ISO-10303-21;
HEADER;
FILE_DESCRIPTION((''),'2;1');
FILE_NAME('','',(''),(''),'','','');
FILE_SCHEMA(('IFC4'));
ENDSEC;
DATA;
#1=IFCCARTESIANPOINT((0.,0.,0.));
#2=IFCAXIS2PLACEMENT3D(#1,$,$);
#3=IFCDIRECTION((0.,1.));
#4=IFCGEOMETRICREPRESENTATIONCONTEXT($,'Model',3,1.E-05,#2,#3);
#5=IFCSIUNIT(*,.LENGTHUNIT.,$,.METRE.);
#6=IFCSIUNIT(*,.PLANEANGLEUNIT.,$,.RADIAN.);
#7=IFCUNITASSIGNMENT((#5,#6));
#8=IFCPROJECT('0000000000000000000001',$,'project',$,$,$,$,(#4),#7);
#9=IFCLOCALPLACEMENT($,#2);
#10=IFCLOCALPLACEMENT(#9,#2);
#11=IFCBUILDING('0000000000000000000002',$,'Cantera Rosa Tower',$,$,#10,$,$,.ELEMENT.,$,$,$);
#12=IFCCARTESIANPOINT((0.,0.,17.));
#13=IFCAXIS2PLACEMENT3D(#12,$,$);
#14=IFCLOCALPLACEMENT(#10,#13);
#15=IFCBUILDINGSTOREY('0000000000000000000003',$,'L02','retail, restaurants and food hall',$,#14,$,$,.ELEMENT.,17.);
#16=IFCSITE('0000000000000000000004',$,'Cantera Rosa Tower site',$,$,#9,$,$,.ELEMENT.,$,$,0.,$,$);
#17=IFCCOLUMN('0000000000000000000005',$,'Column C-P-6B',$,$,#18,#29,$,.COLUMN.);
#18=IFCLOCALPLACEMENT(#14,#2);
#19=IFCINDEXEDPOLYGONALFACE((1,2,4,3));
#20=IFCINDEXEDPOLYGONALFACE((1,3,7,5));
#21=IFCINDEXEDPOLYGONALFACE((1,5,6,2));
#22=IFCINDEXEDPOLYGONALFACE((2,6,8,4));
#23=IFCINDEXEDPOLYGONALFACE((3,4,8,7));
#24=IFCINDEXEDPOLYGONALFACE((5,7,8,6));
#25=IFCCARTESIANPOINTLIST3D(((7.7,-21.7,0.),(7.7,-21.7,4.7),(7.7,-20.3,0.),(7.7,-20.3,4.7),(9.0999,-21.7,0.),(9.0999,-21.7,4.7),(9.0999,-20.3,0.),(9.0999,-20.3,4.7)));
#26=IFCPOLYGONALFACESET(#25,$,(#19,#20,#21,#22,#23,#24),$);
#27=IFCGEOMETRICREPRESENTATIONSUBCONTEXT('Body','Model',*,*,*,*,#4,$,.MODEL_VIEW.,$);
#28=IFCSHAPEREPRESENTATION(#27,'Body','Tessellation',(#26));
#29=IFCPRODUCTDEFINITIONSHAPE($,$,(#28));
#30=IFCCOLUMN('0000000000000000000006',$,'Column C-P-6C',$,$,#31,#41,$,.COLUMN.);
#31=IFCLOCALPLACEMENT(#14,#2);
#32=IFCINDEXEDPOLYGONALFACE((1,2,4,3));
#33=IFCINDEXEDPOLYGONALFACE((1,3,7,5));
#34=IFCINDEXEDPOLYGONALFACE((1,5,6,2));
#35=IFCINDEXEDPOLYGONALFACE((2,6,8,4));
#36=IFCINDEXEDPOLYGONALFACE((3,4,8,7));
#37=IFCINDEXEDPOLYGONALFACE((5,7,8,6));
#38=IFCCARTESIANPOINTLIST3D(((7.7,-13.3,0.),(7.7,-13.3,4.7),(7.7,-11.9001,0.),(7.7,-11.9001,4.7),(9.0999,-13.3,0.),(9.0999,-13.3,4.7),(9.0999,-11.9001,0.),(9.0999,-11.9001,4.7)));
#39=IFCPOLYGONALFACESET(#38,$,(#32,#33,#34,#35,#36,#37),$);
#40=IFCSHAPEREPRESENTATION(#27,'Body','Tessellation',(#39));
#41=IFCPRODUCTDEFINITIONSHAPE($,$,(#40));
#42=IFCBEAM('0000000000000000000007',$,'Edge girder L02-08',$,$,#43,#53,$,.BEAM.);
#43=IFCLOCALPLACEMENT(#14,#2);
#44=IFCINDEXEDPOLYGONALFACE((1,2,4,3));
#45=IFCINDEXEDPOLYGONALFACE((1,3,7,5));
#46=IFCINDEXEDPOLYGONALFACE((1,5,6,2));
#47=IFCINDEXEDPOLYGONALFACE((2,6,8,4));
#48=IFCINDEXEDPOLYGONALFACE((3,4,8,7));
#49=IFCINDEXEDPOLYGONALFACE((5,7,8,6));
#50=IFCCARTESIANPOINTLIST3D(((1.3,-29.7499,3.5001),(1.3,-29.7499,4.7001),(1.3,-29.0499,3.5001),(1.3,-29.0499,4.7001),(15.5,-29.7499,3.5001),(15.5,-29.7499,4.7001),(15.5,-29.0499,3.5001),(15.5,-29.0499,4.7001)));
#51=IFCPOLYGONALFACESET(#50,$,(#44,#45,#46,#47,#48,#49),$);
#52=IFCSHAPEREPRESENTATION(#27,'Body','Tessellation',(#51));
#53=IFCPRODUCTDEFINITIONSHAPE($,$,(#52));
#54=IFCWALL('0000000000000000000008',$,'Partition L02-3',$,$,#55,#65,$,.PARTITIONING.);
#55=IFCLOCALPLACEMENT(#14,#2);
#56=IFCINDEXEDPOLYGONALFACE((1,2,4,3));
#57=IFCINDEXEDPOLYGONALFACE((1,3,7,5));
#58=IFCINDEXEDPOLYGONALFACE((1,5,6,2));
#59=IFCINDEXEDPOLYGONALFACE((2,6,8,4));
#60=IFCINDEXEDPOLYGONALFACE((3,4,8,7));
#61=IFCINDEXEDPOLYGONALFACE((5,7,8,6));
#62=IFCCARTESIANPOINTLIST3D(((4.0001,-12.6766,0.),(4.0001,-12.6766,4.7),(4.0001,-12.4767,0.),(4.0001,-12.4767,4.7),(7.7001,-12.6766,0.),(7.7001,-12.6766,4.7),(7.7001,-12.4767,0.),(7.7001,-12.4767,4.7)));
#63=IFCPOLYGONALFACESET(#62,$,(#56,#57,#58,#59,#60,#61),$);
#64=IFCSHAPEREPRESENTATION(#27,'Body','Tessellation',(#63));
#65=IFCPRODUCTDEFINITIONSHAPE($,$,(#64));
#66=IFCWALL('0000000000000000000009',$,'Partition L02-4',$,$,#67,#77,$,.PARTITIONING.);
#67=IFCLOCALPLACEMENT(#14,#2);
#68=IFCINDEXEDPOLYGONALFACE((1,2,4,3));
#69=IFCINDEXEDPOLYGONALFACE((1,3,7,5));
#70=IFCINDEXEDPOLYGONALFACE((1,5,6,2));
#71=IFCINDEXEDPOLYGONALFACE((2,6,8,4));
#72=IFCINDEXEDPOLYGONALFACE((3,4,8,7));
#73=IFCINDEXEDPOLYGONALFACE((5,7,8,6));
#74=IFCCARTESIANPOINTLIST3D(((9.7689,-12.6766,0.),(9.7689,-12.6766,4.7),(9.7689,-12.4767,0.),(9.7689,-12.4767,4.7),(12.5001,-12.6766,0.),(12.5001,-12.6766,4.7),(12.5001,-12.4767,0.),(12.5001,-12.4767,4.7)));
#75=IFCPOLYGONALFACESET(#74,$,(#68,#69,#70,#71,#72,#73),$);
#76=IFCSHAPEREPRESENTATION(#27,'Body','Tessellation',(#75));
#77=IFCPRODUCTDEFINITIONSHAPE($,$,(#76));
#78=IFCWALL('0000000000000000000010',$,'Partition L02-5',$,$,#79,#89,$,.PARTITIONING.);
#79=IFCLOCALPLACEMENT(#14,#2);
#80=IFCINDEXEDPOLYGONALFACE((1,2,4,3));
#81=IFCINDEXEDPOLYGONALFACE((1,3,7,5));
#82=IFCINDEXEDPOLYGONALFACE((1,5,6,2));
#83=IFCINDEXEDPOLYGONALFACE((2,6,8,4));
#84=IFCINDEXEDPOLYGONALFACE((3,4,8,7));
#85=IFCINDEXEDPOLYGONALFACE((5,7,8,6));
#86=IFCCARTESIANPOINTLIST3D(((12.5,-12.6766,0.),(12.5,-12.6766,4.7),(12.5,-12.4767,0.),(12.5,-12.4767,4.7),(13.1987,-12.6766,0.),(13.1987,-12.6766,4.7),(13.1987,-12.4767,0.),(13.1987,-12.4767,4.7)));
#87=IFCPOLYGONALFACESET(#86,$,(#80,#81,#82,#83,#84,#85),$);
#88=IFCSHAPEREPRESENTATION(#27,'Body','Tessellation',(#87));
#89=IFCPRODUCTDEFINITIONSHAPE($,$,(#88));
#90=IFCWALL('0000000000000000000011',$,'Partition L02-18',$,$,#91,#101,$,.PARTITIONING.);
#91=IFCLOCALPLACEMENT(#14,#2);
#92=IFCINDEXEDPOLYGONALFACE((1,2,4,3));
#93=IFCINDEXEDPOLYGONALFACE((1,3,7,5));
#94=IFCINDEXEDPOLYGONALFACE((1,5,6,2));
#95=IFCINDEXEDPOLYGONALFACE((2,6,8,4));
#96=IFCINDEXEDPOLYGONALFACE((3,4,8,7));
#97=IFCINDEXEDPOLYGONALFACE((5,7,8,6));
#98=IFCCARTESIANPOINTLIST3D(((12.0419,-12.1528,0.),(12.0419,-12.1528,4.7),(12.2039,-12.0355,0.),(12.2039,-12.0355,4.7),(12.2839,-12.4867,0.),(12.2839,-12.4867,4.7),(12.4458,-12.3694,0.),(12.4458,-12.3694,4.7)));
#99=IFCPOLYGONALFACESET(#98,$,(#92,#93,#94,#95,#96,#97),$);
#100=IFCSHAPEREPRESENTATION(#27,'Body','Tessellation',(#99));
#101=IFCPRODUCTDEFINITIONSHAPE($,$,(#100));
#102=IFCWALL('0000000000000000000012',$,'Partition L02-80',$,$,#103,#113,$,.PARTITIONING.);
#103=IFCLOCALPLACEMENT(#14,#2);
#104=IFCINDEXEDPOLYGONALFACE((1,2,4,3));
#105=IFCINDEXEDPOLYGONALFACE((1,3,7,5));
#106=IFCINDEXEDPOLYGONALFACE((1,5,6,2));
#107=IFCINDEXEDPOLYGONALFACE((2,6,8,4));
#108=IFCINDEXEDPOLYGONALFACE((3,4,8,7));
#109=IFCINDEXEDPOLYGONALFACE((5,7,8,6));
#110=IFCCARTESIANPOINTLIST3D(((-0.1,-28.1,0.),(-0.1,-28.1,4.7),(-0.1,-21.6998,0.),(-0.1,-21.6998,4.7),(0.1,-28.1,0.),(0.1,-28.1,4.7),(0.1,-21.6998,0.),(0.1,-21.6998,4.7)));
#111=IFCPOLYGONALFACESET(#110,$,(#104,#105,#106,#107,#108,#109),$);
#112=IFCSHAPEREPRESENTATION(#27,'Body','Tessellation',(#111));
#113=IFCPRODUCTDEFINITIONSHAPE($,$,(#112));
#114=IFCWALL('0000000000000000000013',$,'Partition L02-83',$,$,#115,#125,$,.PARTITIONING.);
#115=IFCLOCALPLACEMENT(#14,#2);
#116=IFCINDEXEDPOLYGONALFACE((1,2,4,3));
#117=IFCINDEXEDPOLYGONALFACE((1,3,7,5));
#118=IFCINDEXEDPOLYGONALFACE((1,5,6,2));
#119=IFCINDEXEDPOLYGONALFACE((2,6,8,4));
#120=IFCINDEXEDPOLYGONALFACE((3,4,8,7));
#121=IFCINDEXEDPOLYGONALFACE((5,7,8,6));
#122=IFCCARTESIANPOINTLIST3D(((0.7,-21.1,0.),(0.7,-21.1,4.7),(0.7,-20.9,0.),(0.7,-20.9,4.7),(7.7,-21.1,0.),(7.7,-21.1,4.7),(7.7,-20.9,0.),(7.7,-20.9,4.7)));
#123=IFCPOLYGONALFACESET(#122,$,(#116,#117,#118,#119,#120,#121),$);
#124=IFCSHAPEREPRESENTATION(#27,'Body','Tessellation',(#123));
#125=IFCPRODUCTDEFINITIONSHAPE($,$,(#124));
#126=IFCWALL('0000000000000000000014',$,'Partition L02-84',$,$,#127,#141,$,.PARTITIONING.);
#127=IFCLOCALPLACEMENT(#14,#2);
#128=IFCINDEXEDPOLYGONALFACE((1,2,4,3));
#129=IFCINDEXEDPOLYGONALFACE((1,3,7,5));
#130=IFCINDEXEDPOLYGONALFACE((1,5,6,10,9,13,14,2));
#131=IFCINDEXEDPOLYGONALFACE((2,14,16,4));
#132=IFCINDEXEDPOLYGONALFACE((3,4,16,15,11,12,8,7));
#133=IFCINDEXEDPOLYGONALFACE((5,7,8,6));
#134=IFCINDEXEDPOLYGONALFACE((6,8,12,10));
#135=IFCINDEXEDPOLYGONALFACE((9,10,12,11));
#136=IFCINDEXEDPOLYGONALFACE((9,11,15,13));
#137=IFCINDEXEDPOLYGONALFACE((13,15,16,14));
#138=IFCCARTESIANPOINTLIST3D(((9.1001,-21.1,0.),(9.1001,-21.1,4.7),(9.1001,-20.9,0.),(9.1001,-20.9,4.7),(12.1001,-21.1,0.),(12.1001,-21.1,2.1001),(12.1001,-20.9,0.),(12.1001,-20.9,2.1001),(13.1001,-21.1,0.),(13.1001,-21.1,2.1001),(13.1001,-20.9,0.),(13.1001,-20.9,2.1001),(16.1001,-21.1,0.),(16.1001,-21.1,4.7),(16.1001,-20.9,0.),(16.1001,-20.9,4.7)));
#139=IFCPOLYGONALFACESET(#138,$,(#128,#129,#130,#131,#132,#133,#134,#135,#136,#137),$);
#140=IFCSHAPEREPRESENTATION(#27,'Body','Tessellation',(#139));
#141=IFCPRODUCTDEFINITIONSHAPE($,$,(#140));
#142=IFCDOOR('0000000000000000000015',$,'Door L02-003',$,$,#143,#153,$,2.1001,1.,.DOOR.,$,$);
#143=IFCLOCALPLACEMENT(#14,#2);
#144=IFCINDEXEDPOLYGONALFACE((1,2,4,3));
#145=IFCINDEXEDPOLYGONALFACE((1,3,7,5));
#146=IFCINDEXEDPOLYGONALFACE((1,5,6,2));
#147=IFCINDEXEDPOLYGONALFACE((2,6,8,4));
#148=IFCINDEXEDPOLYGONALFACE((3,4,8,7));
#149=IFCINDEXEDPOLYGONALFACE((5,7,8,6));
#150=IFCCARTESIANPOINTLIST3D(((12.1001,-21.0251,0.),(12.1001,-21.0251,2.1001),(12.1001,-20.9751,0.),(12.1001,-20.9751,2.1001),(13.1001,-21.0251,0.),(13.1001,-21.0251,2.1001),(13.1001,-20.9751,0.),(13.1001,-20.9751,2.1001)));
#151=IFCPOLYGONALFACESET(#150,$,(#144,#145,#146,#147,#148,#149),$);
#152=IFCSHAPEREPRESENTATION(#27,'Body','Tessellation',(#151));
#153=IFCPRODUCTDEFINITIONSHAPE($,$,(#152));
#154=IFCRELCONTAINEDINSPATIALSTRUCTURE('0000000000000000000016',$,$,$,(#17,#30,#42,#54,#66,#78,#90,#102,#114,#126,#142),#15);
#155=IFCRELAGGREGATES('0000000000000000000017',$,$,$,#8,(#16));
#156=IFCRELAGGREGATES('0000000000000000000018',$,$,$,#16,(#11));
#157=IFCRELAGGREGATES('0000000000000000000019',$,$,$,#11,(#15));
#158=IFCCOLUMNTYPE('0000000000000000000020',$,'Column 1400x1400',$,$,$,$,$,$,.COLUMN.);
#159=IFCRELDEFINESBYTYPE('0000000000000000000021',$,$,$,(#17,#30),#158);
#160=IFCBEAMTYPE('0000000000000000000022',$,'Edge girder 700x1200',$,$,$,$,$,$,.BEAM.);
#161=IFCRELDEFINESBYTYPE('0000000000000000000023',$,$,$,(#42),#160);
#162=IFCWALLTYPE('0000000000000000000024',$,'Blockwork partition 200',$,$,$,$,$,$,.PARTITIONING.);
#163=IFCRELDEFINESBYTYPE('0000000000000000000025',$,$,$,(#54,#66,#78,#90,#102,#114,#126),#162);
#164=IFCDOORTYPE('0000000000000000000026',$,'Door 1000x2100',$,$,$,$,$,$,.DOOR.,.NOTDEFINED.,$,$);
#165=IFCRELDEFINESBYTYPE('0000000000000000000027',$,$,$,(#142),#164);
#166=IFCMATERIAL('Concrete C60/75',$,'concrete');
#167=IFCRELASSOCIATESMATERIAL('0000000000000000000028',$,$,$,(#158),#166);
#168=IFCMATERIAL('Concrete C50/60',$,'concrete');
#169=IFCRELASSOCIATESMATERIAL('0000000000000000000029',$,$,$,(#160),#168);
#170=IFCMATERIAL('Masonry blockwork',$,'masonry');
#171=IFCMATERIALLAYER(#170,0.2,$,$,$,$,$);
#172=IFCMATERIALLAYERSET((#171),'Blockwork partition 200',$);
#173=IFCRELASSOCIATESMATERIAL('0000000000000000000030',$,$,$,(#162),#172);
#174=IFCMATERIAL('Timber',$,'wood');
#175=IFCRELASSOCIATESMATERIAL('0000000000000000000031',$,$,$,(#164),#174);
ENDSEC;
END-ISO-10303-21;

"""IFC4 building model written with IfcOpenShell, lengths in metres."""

from ifc_helpers import new_model, si_unit, direction, frame, frame_2d, origin, origin_2d, place, context, subcontext, project, spatial, rectangle, extrude, material, layer, layer_set, material_profile, profile_set, type_object, element, fill, save


model = new_model("IFC4")

# Units and contexts
model_context = context("Model", 3, precision=1e-05, world=origin(), true_north=direction((0.0, 1.0)))
body_context = subcontext(model_context, "Body", "Model", "MODEL_VIEW")
ifc_project = project(units=[si_unit("LENGTHUNIT", "METRE"), si_unit("PLANEANGLEUNIT", "RADIAN")], contexts=[model_context])

# Site, building, storey
site_placement = place(None, origin())
site = spatial("IfcSite", under=ifc_project, at=site_placement, Name="Cantera Rosa Tower site", CompositionType="ELEMENT", RefElevation=0.0)
building_placement = place(site_placement, origin())
building = spatial("IfcBuilding", under=site, at=building_placement, Name="Cantera Rosa Tower", CompositionType="ELEMENT")
storey_placement = place(building_placement, frame((0.0, 0.0, 17.0)))
storey = spatial("IfcBuildingStorey", under=building, at=storey_placement, Name="L02", Description="retail, restaurants and food hall", CompositionType="ELEMENT", Elevation=17.0)

# Columns
ifc_material_1 = material(Name="Concrete C60/75", Category="concrete")
ifc_material_profile_1 = material_profile(ifc_material_1, rectangle(XDim=1.3999, YDim=1.3999, at=origin_2d()), Name="Column 1400x1400")
ifc_profile_set_1 = profile_set([ifc_material_profile_1], Name="Concrete C60/75")
column_type = type_object("IfcColumnType", Name="Column 1400x1400", PredefinedType="COLUMN", material=ifc_profile_set_1)
for number, where, z_axis, x_axis, name in (
    (1, (8.3999, -21.0, 0.0), (0.0, 0.0, 1.0), (1.0, 0.0, 0.0), "Column C-P-6B"),
    (2, (8.3999, -12.6001, 0.0), (0.0, 0.0, 1.0), (1.0, 0.0, 0.0), "Column C-P-6C"),
):
    element("IfcColumn", number, at=place(storey_placement, frame(where, z_axis=z_axis, x_axis=x_axis)), inside=storey, type_object=column_type, Name=name, PredefinedType="COLUMN", context=body_context, shape_type="SweptSolid", body=[
        extrude(rectangle(XDim=1.3999, YDim=1.3999, at=origin_2d()), origin(), (0.0, 0.0, 1.0), 4.7),
    ])

# Beam
ifc_material_2 = material(Name="Concrete C50/60", Category="concrete")
ifc_material_profile_2 = material_profile(ifc_material_2, rectangle(XDim=0.7, YDim=1.2, at=origin_2d()), Name="Edge girder 700x1200")
ifc_profile_set_2 = profile_set([ifc_material_profile_2], Name="Concrete C50/60")
beam_type = type_object("IfcBeamType", Name="Edge girder 700x1200", PredefinedType="BEAM", material=ifc_profile_set_2)
beam_placement = place(storey_placement, frame((1.3, -29.3999, 4.1001), z_axis=(1.0, 0.0, 0.0), x_axis=(0.0, 1.0, 0.0)))
element("IfcBeam", 3, at=beam_placement, inside=storey, type_object=beam_type, Name="Edge girder L02-08", PredefinedType="BEAM", context=body_context, shape_type="SweptSolid", body=[
    extrude(rectangle(XDim=0.7, YDim=1.2, at=origin_2d()), origin(), (0.0, 0.0, 1.0), 14.2),
])

# Walls
ifc_material_3 = material(Name="Masonry blockwork", Category="masonry")
ifc_layer_1 = layer(ifc_material_3, 0.2)
ifc_layer_set_1 = layer_set([ifc_layer_1], Name="Blockwork partition 200")
wall_type_1 = type_object("IfcWallType", Name="Blockwork partition 200", PredefinedType="PARTITIONING", material=ifc_layer_set_1)
wall_1_placement = place(storey_placement, frame((4.0, -12.5767, 0.0), z_axis=(0.0, 0.0, 1.0), x_axis=(1.0, 0.0, 0.0)))
element("IfcWall", 4, at=wall_1_placement, inside=storey, type_object=wall_type_1, Name="Partition L02-3", PredefinedType="PARTITIONING", context=body_context, shape_type="SweptSolid", body=[
    extrude(rectangle(XDim=3.7, YDim=0.2, at=frame_2d((1.8501, 0.0))), origin(), (0.0, 0.0, 1.0), 4.7),
])
wall_2_placement = place(storey_placement, frame((9.7688, -12.5767, 0.0), z_axis=(0.0, 0.0, 1.0), x_axis=(1.0, 0.0, 0.0)))
element("IfcWall", 5, at=wall_2_placement, inside=storey, type_object=wall_type_1, Name="Partition L02-4", PredefinedType="PARTITIONING", context=body_context, shape_type="SweptSolid", body=[
    extrude(rectangle(XDim=2.7312, YDim=0.2, at=frame_2d((1.3657, 0.0))), origin(), (0.0, 0.0, 1.0), 4.7),
])
wall_3_placement = place(storey_placement, frame((12.5, -12.5767, 0.0), z_axis=(0.0, 0.0, 1.0), x_axis=(1.0, 0.0, 0.0)))
element("IfcWall", 6, at=wall_3_placement, inside=storey, type_object=wall_type_1, Name="Partition L02-5", PredefinedType="PARTITIONING", context=body_context, shape_type="SweptSolid", body=[
    extrude(rectangle(XDim=0.6987, YDim=0.2, at=frame_2d((0.3494, 0.0))), origin(), (0.0, 0.0, 1.0), 4.7),
])
wall_4_placement = place(storey_placement, frame((12.3647, -12.428, 0.0), z_axis=(0.0, 0.0, 1.0), x_axis=(-0.586657, 0.809835, 0.0)))
element("IfcWall", 7, at=wall_4_placement, inside=storey, type_object=wall_type_1, Name="Partition L02-18", PredefinedType="PARTITIONING", context=body_context, shape_type="SweptSolid", body=[
    extrude(rectangle(XDim=0.4124, YDim=0.2, at=frame_2d((0.2061, 0.0))), origin(), (0.0, 0.0, 1.0), 4.7),
])
wall_5_placement = place(storey_placement, frame((0.0, -28.1001, 0.0), z_axis=(0.0, 0.0, 1.0), x_axis=(0.0, 1.0, 0.0)))
element("IfcWall", 8, at=wall_5_placement, inside=storey, type_object=wall_type_1, Name="Partition L02-80", PredefinedType="PARTITIONING", context=body_context, shape_type="SweptSolid", body=[
    extrude(rectangle(XDim=6.4001, YDim=0.2, at=frame_2d((3.2002, 0.0))), origin(), (0.0, 0.0, 1.0), 4.7),
])
wall_6_placement = place(storey_placement, frame((0.7, -21.0, 0.0), z_axis=(0.0, 0.0, 1.0), x_axis=(1.0, 0.0, 0.0)))
element("IfcWall", 9, at=wall_6_placement, inside=storey, type_object=wall_type_1, Name="Partition L02-83", PredefinedType="PARTITIONING", context=body_context, shape_type="SweptSolid", body=[
    extrude(rectangle(XDim=7.0, YDim=0.2, at=frame_2d((3.5, 0.0))), origin(), (0.0, 0.0, 1.0), 4.7),
])

# Wall, opening, door
wall_7_placement = place(storey_placement, frame((9.1001, -21.0, 0.0), z_axis=(0.0, 0.0, 1.0), x_axis=(1.0, 0.0, 0.0)))
wall_7 = element("IfcWall", 10, at=wall_7_placement, inside=storey, type_object=wall_type_1, Name="Partition L02-84", PredefinedType="PARTITIONING", context=body_context, shape_type="SweptSolid", body=[
    extrude(rectangle(XDim=7.0, YDim=0.2, at=frame_2d((3.5, 0.0))), origin(), (0.0, 0.0, 1.0), 4.7),
])
opening_1_placement = place(wall_7_placement, frame((3.0, 0.0, 0.0)))
opening_1 = element("IfcOpeningElement", 11, at=opening_1_placement, cuts=wall_7, PredefinedType="OPENING", context=body_context, shape_type="SweptSolid", body=[
    extrude(rectangle(XDim=1.0, YDim=2.1001, at=frame_2d((0.5, 1.05))), frame((0.0, 0.1099, 0.0), z_axis=(0.0, -1.0, 0.0), x_axis=(1.0, 0.0, 0.0)), (0.0, 0.0, 1.0), 0.22),
])
ifc_material_4 = material(Name="Timber", Category="wood")
door_type_1 = type_object("IfcDoorType", Name="Door 1000x2100", OperationType="NOTDEFINED", PredefinedType="DOOR", material=ifc_material_4)
door_1_placement = place(opening_1_placement, origin())
door_1 = element("IfcDoor", 12, at=door_1_placement, inside=storey, type_object=door_type_1, Name="Door L02-003", OverallHeight=2.1001, OverallWidth=1.0, PredefinedType="DOOR", context=body_context, shape_type="SweptSolid", body=[
    extrude(rectangle(XDim=1.0, YDim=2.1001, at=frame_2d((0.5, 1.05))), frame((0.0, 0.0249, 0.0), z_axis=(0.0, -1.0, 0.0), x_axis=(1.0, 0.0, 0.0)), (0.0, 0.0, 1.0), 0.05),
])
fill(opening_1, door_1)

save(model, "model.ifc")
